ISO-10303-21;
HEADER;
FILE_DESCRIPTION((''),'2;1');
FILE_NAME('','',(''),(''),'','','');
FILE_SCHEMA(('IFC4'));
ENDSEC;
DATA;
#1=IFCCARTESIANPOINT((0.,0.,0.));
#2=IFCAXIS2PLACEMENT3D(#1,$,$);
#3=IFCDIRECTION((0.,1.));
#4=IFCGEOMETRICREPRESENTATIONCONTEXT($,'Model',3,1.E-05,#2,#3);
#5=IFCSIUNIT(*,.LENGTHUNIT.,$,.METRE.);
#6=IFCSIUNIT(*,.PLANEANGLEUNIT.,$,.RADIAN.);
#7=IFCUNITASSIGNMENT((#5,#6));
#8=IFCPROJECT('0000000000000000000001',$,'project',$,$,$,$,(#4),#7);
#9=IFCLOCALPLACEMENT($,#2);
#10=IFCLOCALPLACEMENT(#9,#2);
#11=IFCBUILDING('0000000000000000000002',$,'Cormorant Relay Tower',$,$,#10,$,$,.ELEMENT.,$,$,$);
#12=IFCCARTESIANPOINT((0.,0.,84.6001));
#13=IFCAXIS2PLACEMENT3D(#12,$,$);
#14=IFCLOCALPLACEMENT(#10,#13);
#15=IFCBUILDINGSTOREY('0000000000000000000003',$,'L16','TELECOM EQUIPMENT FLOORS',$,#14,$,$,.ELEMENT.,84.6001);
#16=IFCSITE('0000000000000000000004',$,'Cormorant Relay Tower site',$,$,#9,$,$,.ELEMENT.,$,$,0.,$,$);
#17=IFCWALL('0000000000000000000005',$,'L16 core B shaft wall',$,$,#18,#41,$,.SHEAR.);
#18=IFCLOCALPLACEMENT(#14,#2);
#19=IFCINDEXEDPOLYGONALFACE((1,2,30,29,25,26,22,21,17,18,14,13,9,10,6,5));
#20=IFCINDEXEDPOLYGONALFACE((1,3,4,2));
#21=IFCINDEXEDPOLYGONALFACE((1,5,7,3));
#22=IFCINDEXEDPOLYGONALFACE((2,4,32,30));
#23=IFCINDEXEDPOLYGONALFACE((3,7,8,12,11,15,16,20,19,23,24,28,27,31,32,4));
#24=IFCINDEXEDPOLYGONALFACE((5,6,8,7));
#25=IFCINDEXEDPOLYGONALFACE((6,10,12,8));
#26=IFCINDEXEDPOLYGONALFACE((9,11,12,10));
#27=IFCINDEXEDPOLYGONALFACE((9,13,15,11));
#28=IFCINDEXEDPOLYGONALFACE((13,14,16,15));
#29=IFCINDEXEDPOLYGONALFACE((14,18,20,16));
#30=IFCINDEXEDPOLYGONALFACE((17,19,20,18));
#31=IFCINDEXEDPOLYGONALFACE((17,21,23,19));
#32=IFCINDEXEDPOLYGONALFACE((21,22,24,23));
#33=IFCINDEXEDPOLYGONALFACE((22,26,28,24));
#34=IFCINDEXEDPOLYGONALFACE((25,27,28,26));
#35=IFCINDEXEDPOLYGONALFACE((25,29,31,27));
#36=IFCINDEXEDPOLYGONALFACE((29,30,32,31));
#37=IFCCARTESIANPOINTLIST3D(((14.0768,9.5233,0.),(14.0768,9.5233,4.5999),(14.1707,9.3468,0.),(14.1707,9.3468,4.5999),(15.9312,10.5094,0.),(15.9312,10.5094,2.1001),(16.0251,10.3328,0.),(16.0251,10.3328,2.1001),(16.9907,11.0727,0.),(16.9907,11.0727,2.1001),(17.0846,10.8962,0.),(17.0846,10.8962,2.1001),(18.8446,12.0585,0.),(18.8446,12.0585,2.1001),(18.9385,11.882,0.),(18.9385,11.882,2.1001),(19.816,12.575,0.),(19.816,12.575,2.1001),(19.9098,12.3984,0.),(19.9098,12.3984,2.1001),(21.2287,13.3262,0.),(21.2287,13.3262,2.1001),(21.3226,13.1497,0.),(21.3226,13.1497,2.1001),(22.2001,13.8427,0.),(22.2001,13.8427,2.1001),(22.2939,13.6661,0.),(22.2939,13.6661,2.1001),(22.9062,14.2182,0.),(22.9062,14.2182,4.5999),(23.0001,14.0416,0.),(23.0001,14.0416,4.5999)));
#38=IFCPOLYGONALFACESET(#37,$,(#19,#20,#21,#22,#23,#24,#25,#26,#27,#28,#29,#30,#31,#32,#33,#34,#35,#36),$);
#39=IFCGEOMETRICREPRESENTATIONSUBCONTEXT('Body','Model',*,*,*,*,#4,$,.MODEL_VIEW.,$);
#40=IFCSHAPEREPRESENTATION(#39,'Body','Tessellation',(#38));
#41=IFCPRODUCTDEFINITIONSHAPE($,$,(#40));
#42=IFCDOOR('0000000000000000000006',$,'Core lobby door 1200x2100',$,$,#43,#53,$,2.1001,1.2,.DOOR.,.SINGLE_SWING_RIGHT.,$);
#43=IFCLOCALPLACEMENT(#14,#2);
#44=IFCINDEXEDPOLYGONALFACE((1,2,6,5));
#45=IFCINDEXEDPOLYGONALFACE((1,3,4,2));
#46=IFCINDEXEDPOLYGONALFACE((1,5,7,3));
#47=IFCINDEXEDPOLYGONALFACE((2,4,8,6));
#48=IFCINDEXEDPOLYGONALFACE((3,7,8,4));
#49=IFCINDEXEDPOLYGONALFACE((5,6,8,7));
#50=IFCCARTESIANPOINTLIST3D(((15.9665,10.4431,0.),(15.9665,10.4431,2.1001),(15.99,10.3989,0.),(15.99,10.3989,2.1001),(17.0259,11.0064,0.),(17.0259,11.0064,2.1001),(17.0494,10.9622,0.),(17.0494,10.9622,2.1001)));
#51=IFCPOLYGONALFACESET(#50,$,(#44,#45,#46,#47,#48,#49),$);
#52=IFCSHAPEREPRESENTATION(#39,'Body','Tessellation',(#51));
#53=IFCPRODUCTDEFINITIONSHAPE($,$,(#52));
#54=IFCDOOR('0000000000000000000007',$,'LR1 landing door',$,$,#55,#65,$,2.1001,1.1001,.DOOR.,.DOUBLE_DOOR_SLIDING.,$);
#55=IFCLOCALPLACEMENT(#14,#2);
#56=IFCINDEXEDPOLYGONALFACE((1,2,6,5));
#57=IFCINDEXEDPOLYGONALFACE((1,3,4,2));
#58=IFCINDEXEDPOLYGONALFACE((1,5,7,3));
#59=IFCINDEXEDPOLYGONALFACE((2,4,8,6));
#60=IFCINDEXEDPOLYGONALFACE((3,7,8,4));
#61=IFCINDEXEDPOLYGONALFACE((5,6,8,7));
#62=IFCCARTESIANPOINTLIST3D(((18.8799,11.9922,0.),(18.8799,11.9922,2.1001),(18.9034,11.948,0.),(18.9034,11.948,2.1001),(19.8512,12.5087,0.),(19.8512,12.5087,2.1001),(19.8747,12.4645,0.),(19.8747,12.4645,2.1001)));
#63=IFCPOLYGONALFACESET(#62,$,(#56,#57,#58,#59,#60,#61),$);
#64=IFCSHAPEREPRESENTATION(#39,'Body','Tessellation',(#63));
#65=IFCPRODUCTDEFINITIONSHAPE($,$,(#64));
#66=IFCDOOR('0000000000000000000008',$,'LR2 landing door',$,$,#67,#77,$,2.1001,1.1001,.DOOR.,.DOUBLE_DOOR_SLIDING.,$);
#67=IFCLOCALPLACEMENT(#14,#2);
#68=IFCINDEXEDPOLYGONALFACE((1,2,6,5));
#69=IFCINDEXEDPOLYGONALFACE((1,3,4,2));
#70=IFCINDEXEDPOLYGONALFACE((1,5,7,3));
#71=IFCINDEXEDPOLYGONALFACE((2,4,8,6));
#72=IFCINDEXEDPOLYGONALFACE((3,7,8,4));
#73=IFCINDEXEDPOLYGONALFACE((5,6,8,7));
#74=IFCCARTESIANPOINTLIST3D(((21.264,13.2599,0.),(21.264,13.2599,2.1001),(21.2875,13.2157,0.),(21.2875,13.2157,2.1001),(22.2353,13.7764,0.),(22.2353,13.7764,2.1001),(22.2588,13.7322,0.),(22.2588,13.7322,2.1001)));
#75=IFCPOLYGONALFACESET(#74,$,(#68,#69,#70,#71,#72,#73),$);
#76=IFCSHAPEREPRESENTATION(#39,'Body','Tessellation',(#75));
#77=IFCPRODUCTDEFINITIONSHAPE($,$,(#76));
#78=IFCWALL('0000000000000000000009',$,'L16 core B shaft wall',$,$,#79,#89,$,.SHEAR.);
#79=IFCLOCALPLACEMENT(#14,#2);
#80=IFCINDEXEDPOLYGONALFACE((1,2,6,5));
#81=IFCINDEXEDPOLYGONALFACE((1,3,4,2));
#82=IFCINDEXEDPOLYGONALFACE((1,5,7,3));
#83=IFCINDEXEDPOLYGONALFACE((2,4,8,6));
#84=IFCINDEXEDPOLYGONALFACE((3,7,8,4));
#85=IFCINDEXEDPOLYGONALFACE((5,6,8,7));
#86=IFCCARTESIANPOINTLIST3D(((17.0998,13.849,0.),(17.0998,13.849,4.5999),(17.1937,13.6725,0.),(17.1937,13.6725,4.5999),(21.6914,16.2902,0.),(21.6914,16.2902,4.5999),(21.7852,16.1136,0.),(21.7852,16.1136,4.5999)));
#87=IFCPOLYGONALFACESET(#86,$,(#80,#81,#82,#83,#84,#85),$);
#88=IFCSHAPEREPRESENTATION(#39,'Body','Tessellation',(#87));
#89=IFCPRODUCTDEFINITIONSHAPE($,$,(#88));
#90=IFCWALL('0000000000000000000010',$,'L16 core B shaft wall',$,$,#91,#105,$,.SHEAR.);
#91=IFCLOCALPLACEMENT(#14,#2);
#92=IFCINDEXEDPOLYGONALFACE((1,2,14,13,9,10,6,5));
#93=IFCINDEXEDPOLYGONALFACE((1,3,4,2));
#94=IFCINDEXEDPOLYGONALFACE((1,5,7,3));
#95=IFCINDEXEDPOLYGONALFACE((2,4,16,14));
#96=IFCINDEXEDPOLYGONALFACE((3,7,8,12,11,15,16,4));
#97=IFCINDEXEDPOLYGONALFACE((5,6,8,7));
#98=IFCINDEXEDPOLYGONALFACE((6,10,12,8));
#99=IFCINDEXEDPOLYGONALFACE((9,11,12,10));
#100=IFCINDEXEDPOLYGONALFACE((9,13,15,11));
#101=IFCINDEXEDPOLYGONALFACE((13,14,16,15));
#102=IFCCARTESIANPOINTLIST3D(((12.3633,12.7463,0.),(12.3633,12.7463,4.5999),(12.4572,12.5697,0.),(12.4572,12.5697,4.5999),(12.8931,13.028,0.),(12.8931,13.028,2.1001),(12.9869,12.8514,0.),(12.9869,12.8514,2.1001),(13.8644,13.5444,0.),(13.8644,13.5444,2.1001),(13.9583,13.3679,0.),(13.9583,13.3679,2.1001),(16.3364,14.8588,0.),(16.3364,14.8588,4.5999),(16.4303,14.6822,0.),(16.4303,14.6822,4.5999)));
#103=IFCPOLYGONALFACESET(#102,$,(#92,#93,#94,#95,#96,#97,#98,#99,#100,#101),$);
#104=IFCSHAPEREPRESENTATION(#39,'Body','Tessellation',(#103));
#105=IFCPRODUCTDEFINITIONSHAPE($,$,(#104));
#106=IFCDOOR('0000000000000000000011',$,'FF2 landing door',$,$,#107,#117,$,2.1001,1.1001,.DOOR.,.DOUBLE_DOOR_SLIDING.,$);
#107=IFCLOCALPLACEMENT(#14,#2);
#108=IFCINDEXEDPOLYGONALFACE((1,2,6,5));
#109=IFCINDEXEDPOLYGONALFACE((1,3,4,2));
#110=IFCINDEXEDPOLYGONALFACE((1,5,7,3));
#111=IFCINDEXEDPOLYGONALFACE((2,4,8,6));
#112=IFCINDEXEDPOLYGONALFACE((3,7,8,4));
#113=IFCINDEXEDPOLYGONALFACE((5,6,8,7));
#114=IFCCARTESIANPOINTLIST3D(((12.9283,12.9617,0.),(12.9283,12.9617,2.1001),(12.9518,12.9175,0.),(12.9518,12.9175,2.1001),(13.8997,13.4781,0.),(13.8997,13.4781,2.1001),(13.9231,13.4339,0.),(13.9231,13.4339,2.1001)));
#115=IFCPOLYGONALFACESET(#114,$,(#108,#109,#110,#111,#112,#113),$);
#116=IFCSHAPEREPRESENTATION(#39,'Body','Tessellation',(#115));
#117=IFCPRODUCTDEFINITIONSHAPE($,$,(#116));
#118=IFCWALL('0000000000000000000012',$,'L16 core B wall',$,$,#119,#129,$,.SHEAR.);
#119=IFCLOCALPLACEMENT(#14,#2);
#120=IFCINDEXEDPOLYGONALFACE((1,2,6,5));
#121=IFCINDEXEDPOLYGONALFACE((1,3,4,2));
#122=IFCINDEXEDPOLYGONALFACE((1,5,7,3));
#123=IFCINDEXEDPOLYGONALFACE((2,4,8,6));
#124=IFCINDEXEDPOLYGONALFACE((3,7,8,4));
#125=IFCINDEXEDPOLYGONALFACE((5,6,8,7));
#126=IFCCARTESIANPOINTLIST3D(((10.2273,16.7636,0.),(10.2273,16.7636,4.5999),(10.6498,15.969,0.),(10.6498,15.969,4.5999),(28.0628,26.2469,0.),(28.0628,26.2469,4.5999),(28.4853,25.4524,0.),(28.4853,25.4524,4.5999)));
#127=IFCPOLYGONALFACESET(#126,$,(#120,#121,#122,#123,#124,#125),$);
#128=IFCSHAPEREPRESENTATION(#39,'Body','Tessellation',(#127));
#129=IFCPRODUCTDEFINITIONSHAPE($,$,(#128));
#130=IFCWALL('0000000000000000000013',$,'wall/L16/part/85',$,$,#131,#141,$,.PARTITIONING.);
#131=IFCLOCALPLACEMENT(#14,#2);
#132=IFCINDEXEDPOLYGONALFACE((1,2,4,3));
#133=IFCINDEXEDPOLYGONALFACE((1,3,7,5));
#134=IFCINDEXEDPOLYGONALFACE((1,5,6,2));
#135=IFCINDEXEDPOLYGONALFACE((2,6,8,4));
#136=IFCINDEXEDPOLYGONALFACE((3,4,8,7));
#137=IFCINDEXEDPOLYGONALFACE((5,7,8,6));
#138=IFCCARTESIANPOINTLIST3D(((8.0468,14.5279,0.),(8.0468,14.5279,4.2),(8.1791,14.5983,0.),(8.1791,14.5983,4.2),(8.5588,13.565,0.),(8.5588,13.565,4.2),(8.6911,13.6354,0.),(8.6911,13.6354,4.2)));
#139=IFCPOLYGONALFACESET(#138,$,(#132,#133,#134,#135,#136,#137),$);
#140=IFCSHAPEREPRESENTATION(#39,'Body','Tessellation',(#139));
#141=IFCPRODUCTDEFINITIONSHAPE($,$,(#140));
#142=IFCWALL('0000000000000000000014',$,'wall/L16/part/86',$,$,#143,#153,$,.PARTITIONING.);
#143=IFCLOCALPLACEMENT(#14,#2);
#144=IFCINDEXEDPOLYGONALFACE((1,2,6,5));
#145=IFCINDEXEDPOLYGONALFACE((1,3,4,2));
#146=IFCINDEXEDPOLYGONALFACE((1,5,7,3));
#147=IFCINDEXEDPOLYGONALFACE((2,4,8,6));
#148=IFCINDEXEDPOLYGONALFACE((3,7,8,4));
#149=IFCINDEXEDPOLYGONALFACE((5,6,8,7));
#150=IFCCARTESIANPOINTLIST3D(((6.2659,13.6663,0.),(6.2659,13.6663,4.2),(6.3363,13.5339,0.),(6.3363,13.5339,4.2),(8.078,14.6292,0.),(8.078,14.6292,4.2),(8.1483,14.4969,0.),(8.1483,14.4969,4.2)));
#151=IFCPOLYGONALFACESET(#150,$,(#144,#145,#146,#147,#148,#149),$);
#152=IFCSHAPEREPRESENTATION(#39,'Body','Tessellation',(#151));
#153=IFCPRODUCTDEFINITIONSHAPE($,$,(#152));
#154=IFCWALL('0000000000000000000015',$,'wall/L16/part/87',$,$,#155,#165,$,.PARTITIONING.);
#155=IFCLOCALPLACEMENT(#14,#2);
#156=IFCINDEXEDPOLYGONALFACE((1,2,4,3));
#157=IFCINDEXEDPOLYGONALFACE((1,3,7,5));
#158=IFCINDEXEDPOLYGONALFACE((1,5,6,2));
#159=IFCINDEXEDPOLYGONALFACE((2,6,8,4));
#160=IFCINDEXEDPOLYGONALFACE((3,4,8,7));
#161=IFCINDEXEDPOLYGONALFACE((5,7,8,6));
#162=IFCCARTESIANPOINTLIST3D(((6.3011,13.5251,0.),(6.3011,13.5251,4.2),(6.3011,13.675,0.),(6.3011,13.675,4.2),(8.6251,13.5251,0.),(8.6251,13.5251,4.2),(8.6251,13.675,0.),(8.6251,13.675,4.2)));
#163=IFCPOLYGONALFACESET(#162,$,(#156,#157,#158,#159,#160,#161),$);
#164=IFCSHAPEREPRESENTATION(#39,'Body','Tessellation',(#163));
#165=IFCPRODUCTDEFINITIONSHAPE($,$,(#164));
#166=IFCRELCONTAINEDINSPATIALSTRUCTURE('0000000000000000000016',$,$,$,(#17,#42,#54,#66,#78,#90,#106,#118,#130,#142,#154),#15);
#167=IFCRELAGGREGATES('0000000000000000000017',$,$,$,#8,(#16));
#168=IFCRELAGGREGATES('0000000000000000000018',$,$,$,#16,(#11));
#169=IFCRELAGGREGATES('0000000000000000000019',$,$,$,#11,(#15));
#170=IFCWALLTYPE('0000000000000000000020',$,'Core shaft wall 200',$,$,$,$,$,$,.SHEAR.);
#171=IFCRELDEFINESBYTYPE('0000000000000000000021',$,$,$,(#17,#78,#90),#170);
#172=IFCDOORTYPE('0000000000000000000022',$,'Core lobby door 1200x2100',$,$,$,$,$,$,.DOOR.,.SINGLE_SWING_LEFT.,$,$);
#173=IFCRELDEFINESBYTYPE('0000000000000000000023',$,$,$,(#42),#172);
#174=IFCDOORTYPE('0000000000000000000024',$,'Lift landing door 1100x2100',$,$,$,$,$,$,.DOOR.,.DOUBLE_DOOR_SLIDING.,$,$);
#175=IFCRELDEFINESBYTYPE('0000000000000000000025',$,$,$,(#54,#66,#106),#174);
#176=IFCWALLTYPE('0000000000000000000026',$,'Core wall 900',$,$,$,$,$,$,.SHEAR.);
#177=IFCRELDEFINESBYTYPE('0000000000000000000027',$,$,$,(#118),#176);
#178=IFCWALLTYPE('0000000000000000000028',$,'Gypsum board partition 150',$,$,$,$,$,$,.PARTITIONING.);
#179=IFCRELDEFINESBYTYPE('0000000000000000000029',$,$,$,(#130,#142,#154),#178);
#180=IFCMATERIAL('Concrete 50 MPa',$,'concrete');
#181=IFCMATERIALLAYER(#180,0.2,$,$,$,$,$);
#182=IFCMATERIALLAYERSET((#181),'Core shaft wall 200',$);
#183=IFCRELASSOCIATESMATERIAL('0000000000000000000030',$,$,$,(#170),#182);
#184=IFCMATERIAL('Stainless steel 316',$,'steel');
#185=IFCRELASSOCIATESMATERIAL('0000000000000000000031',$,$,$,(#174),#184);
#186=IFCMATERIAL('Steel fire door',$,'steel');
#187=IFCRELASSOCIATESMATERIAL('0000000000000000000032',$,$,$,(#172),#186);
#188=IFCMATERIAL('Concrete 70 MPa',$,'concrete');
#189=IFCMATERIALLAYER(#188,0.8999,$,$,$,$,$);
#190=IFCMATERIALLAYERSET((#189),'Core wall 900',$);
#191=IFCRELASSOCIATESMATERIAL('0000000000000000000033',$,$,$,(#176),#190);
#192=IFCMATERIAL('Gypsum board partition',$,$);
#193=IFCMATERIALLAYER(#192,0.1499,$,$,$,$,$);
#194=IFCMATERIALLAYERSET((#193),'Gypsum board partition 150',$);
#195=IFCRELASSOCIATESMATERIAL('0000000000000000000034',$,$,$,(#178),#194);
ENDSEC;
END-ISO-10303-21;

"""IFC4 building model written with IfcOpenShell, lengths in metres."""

from ifc_helpers import new_model, si_unit, direction, frame, frame_2d, origin, place, context, subcontext, project, spatial, rectangle, extrude, material, layer, layer_set, type_object, element, fill, save


model = new_model("IFC4")

# Units and contexts
model_context = context("Model", 3, precision=1e-05, world=origin(), true_north=direction((0.0, 1.0)))
body_context = subcontext(model_context, "Body", "Model", "MODEL_VIEW")
ifc_project = project(units=[si_unit("LENGTHUNIT", "METRE"), si_unit("PLANEANGLEUNIT", "RADIAN")], contexts=[model_context])

# Site, building, storey
site_placement = place(None, origin())
site = spatial("IfcSite", under=ifc_project, at=site_placement, Name="Cormorant Relay Tower site", CompositionType="ELEMENT", RefElevation=0.0)
building_placement = place(site_placement, origin())
building = spatial("IfcBuilding", under=site, at=building_placement, Name="Cormorant Relay Tower", CompositionType="ELEMENT")
storey_placement = place(building_placement, frame((0.0, 0.0, 84.6001)))
storey = spatial("IfcBuildingStorey", under=building, at=storey_placement, Name="L16", Description="TELECOM EQUIPMENT FLOORS", CompositionType="ELEMENT", Elevation=84.6001)

# Shared definitions
ifc_material_1 = material(Name="Concrete 50 MPa", Category="concrete")
ifc_layer_1 = layer(ifc_material_1, 0.2)
ifc_layer_set_1 = layer_set([ifc_layer_1], Name="Core shaft wall 200")
wall_type_1 = type_object("IfcWallType", Name="Core shaft wall 200", PredefinedType="SHEAR", material=ifc_layer_set_1)

# Wall, openings, doors
ifc_material_2 = material(Name="Stainless steel 316", Category="steel")
door_type_1 = type_object("IfcDoorType", Name="Lift landing door 1100x2100", OperationType="DOUBLE_DOOR_SLIDING", PredefinedType="DOOR", material=ifc_material_2)
wall_1_placement = place(storey_placement, frame((14.1238, 9.4351, 0.0), z_axis=(0.0, 0.0, 1.0), x_axis=(0.88294, 0.469485, 0.0)))
wall_1 = element("IfcWall", 1, at=wall_1_placement, inside=storey, type_object=wall_type_1, Name="L16 core B shaft wall", PredefinedType="SHEAR", context=body_context, shape_type="SweptSolid", body=[
    extrude(rectangle(XDim=10.0, YDim=0.2, at=frame_2d((5.0, 0.0))), origin(), (0.0, 0.0, 1.0), 4.5999),
])
opening_1_placement = place(wall_1_placement, frame((2.1001, 0.0, 0.0)))
opening_1 = element("IfcOpeningElement", 2, at=opening_1_placement, cuts=wall_1, PredefinedType="OPENING", context=body_context, shape_type="SweptSolid", body=[
    extrude(rectangle(XDim=1.2, YDim=2.1001, at=frame_2d((0.6001, 1.05))), frame((0.0, 0.1099, 0.0), z_axis=(0.0, -1.0, 0.0), x_axis=(1.0, 0.0, 0.0)), (0.0, 0.0, 1.0), 0.22),
])
opening_2_placement = place(wall_1_placement, frame((5.3999, 0.0, 0.0)))
opening_2 = element("IfcOpeningElement", 3, at=opening_2_placement, cuts=wall_1, PredefinedType="OPENING", context=body_context, shape_type="SweptSolid", body=[
    extrude(rectangle(XDim=1.1001, YDim=2.1001, at=frame_2d((0.55, 1.05))), frame((0.0, 0.1099, 0.0), z_axis=(0.0, -1.0, 0.0), x_axis=(1.0, 0.0, 0.0)), (0.0, 0.0, 1.0), 0.22),
])
opening_3_placement = place(wall_1_placement, frame((8.1001, 0.0, 0.0)))
opening_3 = element("IfcOpeningElement", 4, at=opening_3_placement, cuts=wall_1, PredefinedType="OPENING", context=body_context, shape_type="SweptSolid", body=[
    extrude(rectangle(XDim=1.1001, YDim=2.1001, at=frame_2d((0.55, 1.05))), frame((0.0, 0.1099, 0.0), z_axis=(0.0, -1.0, 0.0), x_axis=(1.0, 0.0, 0.0)), (0.0, 0.0, 1.0), 0.22),
])
ifc_material_3 = material(Name="Steel fire door", Category="steel")
door_type_2 = type_object("IfcDoorType", Name="Core lobby door 1200x2100", OperationType="SINGLE_SWING_LEFT", PredefinedType="DOOR", material=ifc_material_3)
door_1_placement = place(opening_1_placement, origin())
door_1 = element("IfcDoor", 5, at=door_1_placement, inside=storey, type_object=door_type_2, Name="Core lobby door 1200x2100", OperationType="SINGLE_SWING_RIGHT", OverallHeight=2.1001, OverallWidth=1.2, PredefinedType="DOOR", context=body_context, shape_type="SweptSolid", body=[
    extrude(rectangle(XDim=1.2, YDim=2.1001, at=frame_2d((0.6001, 1.05))), frame((0.0, 0.0249, 0.0), z_axis=(0.0, -1.0, 0.0), x_axis=(1.0, 0.0, 0.0)), (0.0, 0.0, 1.0), 0.05),
])
fill(opening_1, door_1)
door_2_placement = place(opening_2_placement, origin())
door_2 = element("IfcDoor", 6, at=door_2_placement, inside=storey, type_object=door_type_1, Name="LR1 landing door", OperationType="DOUBLE_DOOR_SLIDING", OverallHeight=2.1001, OverallWidth=1.1001, PredefinedType="DOOR", context=body_context, shape_type="SweptSolid", body=[
    extrude(rectangle(XDim=1.1001, YDim=2.1001, at=frame_2d((0.55, 1.05))), frame((0.0, 0.0249, 0.0), z_axis=(0.0, -1.0, 0.0), x_axis=(1.0, 0.0, 0.0)), (0.0, 0.0, 1.0), 0.05),
])
fill(opening_2, door_2)
door_3_placement = place(opening_3_placement, origin())
door_3 = element("IfcDoor", 7, at=door_3_placement, inside=storey, type_object=door_type_1, Name="LR2 landing door", OperationType="DOUBLE_DOOR_SLIDING", OverallHeight=2.1001, OverallWidth=1.1001, PredefinedType="DOOR", context=body_context, shape_type="SweptSolid", body=[
    extrude(rectangle(XDim=1.1001, YDim=2.1001, at=frame_2d((0.55, 1.05))), frame((0.0, 0.0249, 0.0), z_axis=(0.0, -1.0, 0.0), x_axis=(1.0, 0.0, 0.0)), (0.0, 0.0, 1.0), 0.05),
])
fill(opening_3, door_3)

# Wall
wall_2_placement = place(storey_placement, frame((17.1467, 13.7607, 0.0), z_axis=(0.0, 0.0, 1.0), x_axis=(0.882964, 0.46944, 0.0)))
element("IfcWall", 8, at=wall_2_placement, inside=storey, type_object=wall_type_1, Name="L16 core B shaft wall", PredefinedType="SHEAR", context=body_context, shape_type="SweptSolid", body=[
    extrude(rectangle(XDim=5.2002, YDim=0.2, at=frame_2d((2.6001, 0.0))), origin(), (0.0, 0.0, 1.0), 4.5999),
])

# Wall, opening, door
wall_3_placement = place(storey_placement, frame((12.4102, 12.658, 0.0), z_axis=(0.0, 0.0, 1.0), x_axis=(0.882948, 0.46947, 0.0)))
wall_3 = element("IfcWall", 9, at=wall_3_placement, inside=storey, type_object=wall_type_1, Name="L16 core B shaft wall", PredefinedType="SHEAR", context=body_context, shape_type="SweptSolid", body=[
    extrude(rectangle(XDim=4.4998, YDim=0.2, at=frame_2d((2.25, 0.0))), origin(), (0.0, 0.0, 1.0), 4.5999),
])
opening_4_placement = place(wall_3_placement, frame((0.6001, 0.0, 0.0)))
opening_4 = element("IfcOpeningElement", 10, at=opening_4_placement, cuts=wall_3, PredefinedType="OPENING", context=body_context, shape_type="SweptSolid", body=[
    extrude(rectangle(XDim=1.1001, YDim=2.1001, at=frame_2d((0.55, 1.05))), frame((0.0, 0.1099, 0.0), z_axis=(0.0, -1.0, 0.0), x_axis=(1.0, 0.0, 0.0)), (0.0, 0.0, 1.0), 0.22),
])
door_4_placement = place(opening_4_placement, origin())
door_4 = element("IfcDoor", 11, at=door_4_placement, inside=storey, type_object=door_type_1, Name="FF2 landing door", OperationType="DOUBLE_DOOR_SLIDING", OverallHeight=2.1001, OverallWidth=1.1001, PredefinedType="DOOR", context=body_context, shape_type="SweptSolid", body=[
    extrude(rectangle(XDim=1.1001, YDim=2.1001, at=frame_2d((0.55, 1.05))), frame((0.0, 0.0249, 0.0), z_axis=(0.0, -1.0, 0.0), x_axis=(1.0, 0.0, 0.0)), (0.0, 0.0, 1.0), 0.05),
])
fill(opening_4, door_4)

# Walls
ifc_material_4 = material(Name="Concrete 70 MPa", Category="concrete")
ifc_layer_2 = layer(ifc_material_4, 0.8999)
ifc_layer_set_2 = layer_set([ifc_layer_2], Name="Core wall 900")
wall_type_2 = type_object("IfcWallType", Name="Core wall 900", PredefinedType="SHEAR", material=ifc_layer_set_2)
wall_4_placement = place(storey_placement, frame((10.4385, 16.3662, 0.0), z_axis=(0.0, 0.0, 1.0), x_axis=(0.882945, 0.469476, 0.0)))
element("IfcWall", 12, at=wall_4_placement, inside=storey, type_object=wall_type_2, Name="L16 core B wall", PredefinedType="SHEAR", context=body_context, shape_type="SweptSolid", body=[
    extrude(rectangle(XDim=20.2, YDim=0.8999, at=frame_2d((10.1001, 0.0))), origin(), (0.0, 0.0, 1.0), 4.5999),
])
ifc_material_5 = material(Name="Gypsum board partition")
ifc_layer_3 = layer(ifc_material_5, 0.1499)
ifc_layer_set_3 = layer_set([ifc_layer_3], Name="Gypsum board partition 150")
wall_type_3 = type_object("IfcWallType", Name="Gypsum board partition 150", PredefinedType="PARTITIONING", material=ifc_layer_set_3)
wall_5_placement = place(storey_placement, frame((8.625, 13.6001, 0.0), z_axis=(0.0, 0.0, 1.0), x_axis=(-0.469461, 0.882953, 0.0)))
element("IfcWall", 13, at=wall_5_placement, inside=storey, type_object=wall_type_3, Name="wall/L16/part/85", PredefinedType="PARTITIONING", context=body_context, shape_type="SweptSolid", body=[
    extrude(rectangle(XDim=1.0906, YDim=0.1499, at=frame_2d((0.5454, 0.0))), origin(), (0.0, 0.0, 1.0), 4.2),
])
wall_6_placement = place(storey_placement, frame((8.113, 14.563, 0.0), z_axis=(0.0, 0.0, 1.0), x_axis=(-0.883063, -0.469254, 0.0)))
element("IfcWall", 14, at=wall_6_placement, inside=storey, type_object=wall_type_3, Name="wall/L16/part/86", PredefinedType="PARTITIONING", context=body_context, shape_type="SweptSolid", body=[
    extrude(rectangle(XDim=2.052, YDim=0.1499, at=frame_2d((1.0259, 0.0))), origin(), (0.0, 0.0, 1.0), 4.2),
])
wall_7_placement = place(storey_placement, frame((6.301, 13.6001, 0.0), z_axis=(0.0, 0.0, 1.0), x_axis=(1.0, 0.0, 0.0)))
element("IfcWall", 15, at=wall_7_placement, inside=storey, type_object=wall_type_3, Name="wall/L16/part/87", PredefinedType="PARTITIONING", context=body_context, shape_type="SweptSolid", body=[
    extrude(rectangle(XDim=2.324, YDim=0.1499, at=frame_2d((1.1621, 0.0))), origin(), (0.0, 0.0, 1.0), 4.2),
])

save(model, "model.ifc")
